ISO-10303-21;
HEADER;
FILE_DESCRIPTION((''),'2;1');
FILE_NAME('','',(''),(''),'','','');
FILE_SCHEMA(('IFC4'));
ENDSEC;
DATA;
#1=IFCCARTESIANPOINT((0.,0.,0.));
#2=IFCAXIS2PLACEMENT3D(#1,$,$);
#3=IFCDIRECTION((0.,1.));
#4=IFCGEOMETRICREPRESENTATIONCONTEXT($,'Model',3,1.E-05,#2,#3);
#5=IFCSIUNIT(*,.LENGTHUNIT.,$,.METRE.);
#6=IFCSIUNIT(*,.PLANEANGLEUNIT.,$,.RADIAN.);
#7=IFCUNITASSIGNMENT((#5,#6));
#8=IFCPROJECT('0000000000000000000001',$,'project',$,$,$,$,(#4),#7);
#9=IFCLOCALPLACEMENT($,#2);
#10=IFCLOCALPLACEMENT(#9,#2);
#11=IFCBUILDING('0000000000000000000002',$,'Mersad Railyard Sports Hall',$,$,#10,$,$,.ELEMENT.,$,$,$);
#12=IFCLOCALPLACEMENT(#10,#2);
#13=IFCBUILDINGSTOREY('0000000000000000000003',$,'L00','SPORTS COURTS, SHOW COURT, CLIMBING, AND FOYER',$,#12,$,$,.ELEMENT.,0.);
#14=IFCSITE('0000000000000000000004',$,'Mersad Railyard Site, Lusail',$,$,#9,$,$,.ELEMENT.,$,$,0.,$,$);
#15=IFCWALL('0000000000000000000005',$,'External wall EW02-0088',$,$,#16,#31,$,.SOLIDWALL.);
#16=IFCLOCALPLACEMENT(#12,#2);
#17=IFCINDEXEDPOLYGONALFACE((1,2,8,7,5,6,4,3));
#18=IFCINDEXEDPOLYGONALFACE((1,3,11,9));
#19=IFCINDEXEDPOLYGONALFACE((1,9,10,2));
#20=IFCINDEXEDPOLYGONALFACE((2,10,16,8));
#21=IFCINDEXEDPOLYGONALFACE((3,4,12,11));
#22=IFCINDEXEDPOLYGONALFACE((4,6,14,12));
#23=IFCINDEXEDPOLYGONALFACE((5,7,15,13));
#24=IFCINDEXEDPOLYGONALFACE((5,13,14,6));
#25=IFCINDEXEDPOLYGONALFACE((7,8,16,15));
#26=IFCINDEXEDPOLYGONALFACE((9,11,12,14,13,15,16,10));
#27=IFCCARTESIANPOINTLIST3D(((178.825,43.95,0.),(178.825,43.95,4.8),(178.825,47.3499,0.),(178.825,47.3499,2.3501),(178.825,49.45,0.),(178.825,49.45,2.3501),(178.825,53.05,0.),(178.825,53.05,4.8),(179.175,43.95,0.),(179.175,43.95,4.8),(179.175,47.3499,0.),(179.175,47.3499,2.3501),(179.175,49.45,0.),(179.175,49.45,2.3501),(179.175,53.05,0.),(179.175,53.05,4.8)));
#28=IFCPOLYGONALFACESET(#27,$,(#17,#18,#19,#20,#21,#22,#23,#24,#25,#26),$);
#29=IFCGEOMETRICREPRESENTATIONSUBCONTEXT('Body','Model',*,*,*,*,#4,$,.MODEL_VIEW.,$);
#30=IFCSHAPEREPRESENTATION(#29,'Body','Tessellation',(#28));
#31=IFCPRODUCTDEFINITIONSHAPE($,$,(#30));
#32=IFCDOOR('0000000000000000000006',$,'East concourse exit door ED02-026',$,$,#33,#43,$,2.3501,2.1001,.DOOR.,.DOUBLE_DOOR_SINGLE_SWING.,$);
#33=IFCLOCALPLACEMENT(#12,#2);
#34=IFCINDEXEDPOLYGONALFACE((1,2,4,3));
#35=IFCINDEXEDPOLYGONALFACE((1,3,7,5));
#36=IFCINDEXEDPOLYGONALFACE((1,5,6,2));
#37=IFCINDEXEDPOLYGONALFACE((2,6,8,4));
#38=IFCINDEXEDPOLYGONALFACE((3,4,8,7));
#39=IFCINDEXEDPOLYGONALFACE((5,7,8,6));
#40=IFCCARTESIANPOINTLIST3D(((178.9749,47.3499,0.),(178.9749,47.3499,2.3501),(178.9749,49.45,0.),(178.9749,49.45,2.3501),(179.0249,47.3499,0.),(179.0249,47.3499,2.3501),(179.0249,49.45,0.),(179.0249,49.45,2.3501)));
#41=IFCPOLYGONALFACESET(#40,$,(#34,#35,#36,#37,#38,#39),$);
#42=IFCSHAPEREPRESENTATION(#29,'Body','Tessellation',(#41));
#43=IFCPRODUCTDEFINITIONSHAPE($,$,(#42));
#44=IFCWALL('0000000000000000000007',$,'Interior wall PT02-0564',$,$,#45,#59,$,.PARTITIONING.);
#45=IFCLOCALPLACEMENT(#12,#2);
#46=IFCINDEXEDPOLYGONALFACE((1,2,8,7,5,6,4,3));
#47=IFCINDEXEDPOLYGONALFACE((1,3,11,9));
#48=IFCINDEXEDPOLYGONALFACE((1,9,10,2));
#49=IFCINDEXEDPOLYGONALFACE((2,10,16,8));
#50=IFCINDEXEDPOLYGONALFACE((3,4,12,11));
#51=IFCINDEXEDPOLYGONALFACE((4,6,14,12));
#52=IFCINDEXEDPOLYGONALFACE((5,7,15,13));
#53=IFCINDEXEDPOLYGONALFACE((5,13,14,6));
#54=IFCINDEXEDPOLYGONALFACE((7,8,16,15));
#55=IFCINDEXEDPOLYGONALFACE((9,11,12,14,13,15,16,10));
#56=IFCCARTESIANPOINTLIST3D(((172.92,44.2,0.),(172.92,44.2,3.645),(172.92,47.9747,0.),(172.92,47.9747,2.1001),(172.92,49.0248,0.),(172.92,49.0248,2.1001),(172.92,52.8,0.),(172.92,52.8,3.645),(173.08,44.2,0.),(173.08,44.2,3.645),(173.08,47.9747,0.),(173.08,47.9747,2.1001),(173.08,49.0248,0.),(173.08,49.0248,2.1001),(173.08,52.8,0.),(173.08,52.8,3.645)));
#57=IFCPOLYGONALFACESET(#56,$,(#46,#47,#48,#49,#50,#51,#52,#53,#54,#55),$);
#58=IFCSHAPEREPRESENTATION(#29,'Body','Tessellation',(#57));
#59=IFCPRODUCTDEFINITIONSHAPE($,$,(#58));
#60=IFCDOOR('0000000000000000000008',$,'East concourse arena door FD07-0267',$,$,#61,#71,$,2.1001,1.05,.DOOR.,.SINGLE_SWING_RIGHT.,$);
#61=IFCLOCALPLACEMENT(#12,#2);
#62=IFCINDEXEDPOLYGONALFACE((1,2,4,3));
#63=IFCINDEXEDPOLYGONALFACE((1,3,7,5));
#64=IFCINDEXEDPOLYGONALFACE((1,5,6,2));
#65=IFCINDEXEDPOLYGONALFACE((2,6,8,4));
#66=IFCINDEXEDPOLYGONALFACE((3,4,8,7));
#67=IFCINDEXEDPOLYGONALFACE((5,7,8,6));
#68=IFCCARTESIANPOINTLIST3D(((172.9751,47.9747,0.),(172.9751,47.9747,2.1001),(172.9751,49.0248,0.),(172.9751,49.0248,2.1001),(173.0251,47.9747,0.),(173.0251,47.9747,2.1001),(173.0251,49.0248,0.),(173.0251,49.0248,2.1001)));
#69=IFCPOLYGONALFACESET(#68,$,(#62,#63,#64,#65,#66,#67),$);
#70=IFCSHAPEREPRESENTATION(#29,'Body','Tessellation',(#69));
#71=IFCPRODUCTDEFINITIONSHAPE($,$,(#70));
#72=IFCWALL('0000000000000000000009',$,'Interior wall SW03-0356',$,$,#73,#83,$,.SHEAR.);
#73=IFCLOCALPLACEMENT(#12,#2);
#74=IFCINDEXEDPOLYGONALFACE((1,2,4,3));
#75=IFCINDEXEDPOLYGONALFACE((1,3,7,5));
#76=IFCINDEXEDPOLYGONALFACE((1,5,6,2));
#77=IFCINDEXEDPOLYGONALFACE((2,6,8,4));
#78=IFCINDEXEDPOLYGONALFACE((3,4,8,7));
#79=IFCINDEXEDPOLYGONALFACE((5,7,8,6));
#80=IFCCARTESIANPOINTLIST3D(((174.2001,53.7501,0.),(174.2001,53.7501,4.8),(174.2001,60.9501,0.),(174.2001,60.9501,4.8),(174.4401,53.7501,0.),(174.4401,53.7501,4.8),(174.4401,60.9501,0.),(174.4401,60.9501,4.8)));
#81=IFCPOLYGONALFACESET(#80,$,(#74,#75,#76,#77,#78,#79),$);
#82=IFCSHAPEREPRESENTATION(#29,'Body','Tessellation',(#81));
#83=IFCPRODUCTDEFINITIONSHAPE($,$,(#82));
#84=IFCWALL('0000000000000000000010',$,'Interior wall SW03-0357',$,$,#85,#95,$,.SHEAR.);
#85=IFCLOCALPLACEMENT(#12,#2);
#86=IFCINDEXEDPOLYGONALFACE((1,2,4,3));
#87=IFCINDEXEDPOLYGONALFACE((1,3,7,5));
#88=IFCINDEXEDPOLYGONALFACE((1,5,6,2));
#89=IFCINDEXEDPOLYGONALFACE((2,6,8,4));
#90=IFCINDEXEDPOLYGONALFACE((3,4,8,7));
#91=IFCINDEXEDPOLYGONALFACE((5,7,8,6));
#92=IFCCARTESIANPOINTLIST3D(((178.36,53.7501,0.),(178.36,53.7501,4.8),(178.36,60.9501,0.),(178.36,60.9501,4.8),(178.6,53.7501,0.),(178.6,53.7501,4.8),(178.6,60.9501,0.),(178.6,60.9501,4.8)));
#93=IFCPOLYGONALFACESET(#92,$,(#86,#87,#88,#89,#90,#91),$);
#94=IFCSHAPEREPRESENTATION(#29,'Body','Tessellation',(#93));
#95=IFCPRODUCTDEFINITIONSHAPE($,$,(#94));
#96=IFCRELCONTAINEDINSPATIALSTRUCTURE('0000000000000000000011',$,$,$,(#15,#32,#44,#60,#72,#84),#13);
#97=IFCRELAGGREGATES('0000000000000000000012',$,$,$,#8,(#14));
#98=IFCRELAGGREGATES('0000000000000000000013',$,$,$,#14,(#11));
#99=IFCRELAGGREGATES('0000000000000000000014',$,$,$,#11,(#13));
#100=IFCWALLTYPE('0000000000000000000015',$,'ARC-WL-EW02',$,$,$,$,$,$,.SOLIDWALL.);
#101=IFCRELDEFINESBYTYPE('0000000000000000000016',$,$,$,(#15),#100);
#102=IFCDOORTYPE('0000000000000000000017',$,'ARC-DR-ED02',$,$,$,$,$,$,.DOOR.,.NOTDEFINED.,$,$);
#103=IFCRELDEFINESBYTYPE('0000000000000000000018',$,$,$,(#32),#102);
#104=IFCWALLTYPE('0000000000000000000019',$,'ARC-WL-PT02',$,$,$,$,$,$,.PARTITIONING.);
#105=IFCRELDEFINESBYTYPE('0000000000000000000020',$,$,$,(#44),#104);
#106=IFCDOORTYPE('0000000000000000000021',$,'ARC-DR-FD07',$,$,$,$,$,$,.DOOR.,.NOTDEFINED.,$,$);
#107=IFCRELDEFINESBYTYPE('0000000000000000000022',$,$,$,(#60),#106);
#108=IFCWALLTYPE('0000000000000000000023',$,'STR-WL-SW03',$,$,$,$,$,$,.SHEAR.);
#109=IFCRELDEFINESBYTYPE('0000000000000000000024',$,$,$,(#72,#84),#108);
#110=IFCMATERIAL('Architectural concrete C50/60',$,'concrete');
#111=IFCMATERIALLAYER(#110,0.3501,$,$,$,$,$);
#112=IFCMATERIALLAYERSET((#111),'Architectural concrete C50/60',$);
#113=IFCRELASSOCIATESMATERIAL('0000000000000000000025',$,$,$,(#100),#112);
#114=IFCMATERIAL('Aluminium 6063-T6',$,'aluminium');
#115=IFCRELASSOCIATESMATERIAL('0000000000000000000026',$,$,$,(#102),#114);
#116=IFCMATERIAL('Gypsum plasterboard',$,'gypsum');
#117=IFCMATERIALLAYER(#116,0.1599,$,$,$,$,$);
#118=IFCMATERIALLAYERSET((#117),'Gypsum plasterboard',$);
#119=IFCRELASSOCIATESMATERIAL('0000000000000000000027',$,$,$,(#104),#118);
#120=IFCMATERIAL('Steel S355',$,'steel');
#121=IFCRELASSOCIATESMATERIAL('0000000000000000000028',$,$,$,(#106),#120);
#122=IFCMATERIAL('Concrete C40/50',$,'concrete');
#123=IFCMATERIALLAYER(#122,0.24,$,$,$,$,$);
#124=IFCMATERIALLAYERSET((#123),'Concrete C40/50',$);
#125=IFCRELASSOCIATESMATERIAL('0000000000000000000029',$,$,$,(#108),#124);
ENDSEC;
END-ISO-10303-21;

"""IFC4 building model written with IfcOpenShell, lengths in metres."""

from ifc_helpers import new_model, si_unit, direction, frame, frame_2d, origin, place, context, subcontext, project, spatial, rectangle, extrude, material, layer, layer_set, type_object, element, fill, save


model = new_model("IFC4")

# Units and contexts
model_context = context("Model", 3, precision=1e-05, world=origin(), true_north=direction((0.0, 1.0)))
body_context = subcontext(model_context, "Body", "Model", "MODEL_VIEW")
ifc_project = project(units=[si_unit("LENGTHUNIT", "METRE"), si_unit("PLANEANGLEUNIT", "RADIAN")], contexts=[model_context])

# Site, building, storey
site_placement = place(None, origin())
site = spatial("IfcSite", under=ifc_project, at=site_placement, Name="Mersad Railyard Site, Lusail", CompositionType="ELEMENT", RefElevation=0.0)
building_placement = place(site_placement, origin())
building = spatial("IfcBuilding", under=site, at=building_placement, Name="Mersad Railyard Sports Hall", CompositionType="ELEMENT")
storey_placement = place(building_placement, origin())
storey = spatial("IfcBuildingStorey", under=building, at=storey_placement, Name="L00", Description="SPORTS COURTS, SHOW COURT, CLIMBING, AND FOYER", CompositionType="ELEMENT", Elevation=0.0)

# Shared definitions
ifc_material_1 = material(Name="Concrete C40/50", Category="concrete")

# Walls, openings, doors
ifc_material_2 = material(Name="Architectural concrete C50/60", Category="concrete")
ifc_layer_1 = layer(ifc_material_2, 0.3501)
ifc_layer_set_1 = layer_set([ifc_layer_1], Name="Architectural concrete C50/60")
wall_type_1 = type_object("IfcWallType", Name="ARC-WL-EW02", PredefinedType="SOLIDWALL", material=ifc_layer_set_1)
wall_1_placement = place(storey_placement, frame((179.0, 53.05, 0.0), z_axis=(0.0, 0.0, 1.0), x_axis=(0.0, -1.0, 0.0)))
wall_1 = element("IfcWall", 1, at=wall_1_placement, inside=storey, type_object=wall_type_1, Name="External wall EW02-0088", PredefinedType="SOLIDWALL", context=body_context, shape_type="SweptSolid", body=[
    extrude(rectangle(XDim=9.1001, YDim=0.3501, at=frame_2d((4.55, 0.0))), origin(), (0.0, 0.0, 1.0), 4.8),
])
opening_1_placement = place(wall_1_placement, frame((3.6001, 0.0, 0.0)))
opening_1 = element("IfcOpeningElement", 2, at=opening_1_placement, cuts=wall_1, PredefinedType="OPENING", context=body_context, shape_type="SweptSolid", body=[
    extrude(rectangle(XDim=2.1001, YDim=2.3501, at=frame_2d((1.05, 1.175))), frame((0.0, 0.1851, 0.0), z_axis=(0.0, -1.0, 0.0), x_axis=(1.0, 0.0, 0.0)), (0.0, 0.0, 1.0), 0.3701),
])
ifc_material_3 = material(Name="Aluminium 6063-T6", Category="aluminium")
door_type_1 = type_object("IfcDoorType", Name="ARC-DR-ED02", OperationType="NOTDEFINED", PredefinedType="DOOR", material=ifc_material_3)
door_1_placement = place(opening_1_placement, origin())
door_1 = element("IfcDoor", 3, at=door_1_placement, inside=storey, type_object=door_type_1, Name="East concourse exit door ED02-026", OperationType="DOUBLE_DOOR_SINGLE_SWING", OverallHeight=2.3501, OverallWidth=2.1001, PredefinedType="DOOR", context=body_context, shape_type="SweptSolid", body=[
    extrude(rectangle(XDim=2.1001, YDim=2.3501, at=frame_2d((1.05, 1.175))), frame((0.0, 0.0249, 0.0), z_axis=(0.0, -1.0, 0.0), x_axis=(1.0, 0.0, 0.0)), (0.0, 0.0, 1.0), 0.05),
])
fill(opening_1, door_1)
ifc_material_4 = material(Name="Gypsum plasterboard", Category="gypsum")
ifc_layer_2 = layer(ifc_material_4, 0.1599)
ifc_layer_set_2 = layer_set([ifc_layer_2], Name="Gypsum plasterboard")
wall_type_2 = type_object("IfcWallType", Name="ARC-WL-PT02", PredefinedType="PARTITIONING", material=ifc_layer_set_2)
wall_2_placement = place(storey_placement, frame((173.0, 44.2, 0.0), z_axis=(0.0, 0.0, 1.0), x_axis=(0.0, 1.0, 0.0)))
wall_2 = element("IfcWall", 4, at=wall_2_placement, inside=storey, type_object=wall_type_2, Name="Interior wall PT02-0564", PredefinedType="PARTITIONING", context=body_context, shape_type="SweptSolid", body=[
    extrude(rectangle(XDim=8.6001, YDim=0.1599, at=frame_2d((4.3, 0.0))), origin(), (0.0, 0.0, 1.0), 3.645),
])
opening_2_placement = place(wall_2_placement, frame((3.7749, 0.0, 0.0)))
opening_2 = element("IfcOpeningElement", 5, at=opening_2_placement, cuts=wall_2, PredefinedType="OPENING", context=body_context, shape_type="SweptSolid", body=[
    extrude(rectangle(XDim=1.05, YDim=2.1001, at=frame_2d((0.5249, 1.05))), frame((0.0, 0.0898, 0.0), z_axis=(0.0, -1.0, 0.0), x_axis=(1.0, 0.0, 0.0)), (0.0, 0.0, 1.0), 0.1799),
])
ifc_material_5 = material(Name="Steel S355", Category="steel")
door_type_2 = type_object("IfcDoorType", Name="ARC-DR-FD07", OperationType="NOTDEFINED", PredefinedType="DOOR", material=ifc_material_5)
door_2_placement = place(opening_2_placement, origin())
door_2 = element("IfcDoor", 6, at=door_2_placement, inside=storey, type_object=door_type_2, Name="East concourse arena door FD07-0267", OperationType="SINGLE_SWING_RIGHT", OverallHeight=2.1001, OverallWidth=1.05, PredefinedType="DOOR", context=body_context, shape_type="SweptSolid", body=[
    extrude(rectangle(XDim=1.05, YDim=2.1001, at=frame_2d((0.5249, 1.05))), frame((0.0, 0.0249, 0.0), z_axis=(0.0, -1.0, 0.0), x_axis=(1.0, 0.0, 0.0)), (0.0, 0.0, 1.0), 0.05),
])
fill(opening_2, door_2)

# Walls
ifc_layer_3 = layer(ifc_material_1, 0.24)
ifc_layer_set_3 = layer_set([ifc_layer_3], Name="Concrete C40/50")
wall_type_3 = type_object("IfcWallType", Name="STR-WL-SW03", PredefinedType="SHEAR", material=ifc_layer_set_3)
for number, where, z_axis, x_axis, name in (
    (7, (174.3201, 53.75, 0.0), (0.0, 0.0, 1.0), (0.0, 1.0, 0.0), "Interior wall SW03-0356"),
    (8, (178.48, 53.75, 0.0), (0.0, 0.0, 1.0), (0.0, 1.0, 0.0), "Interior wall SW03-0357"),
):
    element("IfcWall", number, at=place(storey_placement, frame(where, z_axis=z_axis, x_axis=x_axis)), inside=storey, type_object=wall_type_3, Name=name, PredefinedType="SHEAR", context=body_context, shape_type="SweptSolid", body=[
        extrude(rectangle(XDim=7.2, YDim=0.24, at=frame_2d((3.6001, 0.0))), origin(), (0.0, 0.0, 1.0), 4.8),
    ])

save(model, "model.ifc")
